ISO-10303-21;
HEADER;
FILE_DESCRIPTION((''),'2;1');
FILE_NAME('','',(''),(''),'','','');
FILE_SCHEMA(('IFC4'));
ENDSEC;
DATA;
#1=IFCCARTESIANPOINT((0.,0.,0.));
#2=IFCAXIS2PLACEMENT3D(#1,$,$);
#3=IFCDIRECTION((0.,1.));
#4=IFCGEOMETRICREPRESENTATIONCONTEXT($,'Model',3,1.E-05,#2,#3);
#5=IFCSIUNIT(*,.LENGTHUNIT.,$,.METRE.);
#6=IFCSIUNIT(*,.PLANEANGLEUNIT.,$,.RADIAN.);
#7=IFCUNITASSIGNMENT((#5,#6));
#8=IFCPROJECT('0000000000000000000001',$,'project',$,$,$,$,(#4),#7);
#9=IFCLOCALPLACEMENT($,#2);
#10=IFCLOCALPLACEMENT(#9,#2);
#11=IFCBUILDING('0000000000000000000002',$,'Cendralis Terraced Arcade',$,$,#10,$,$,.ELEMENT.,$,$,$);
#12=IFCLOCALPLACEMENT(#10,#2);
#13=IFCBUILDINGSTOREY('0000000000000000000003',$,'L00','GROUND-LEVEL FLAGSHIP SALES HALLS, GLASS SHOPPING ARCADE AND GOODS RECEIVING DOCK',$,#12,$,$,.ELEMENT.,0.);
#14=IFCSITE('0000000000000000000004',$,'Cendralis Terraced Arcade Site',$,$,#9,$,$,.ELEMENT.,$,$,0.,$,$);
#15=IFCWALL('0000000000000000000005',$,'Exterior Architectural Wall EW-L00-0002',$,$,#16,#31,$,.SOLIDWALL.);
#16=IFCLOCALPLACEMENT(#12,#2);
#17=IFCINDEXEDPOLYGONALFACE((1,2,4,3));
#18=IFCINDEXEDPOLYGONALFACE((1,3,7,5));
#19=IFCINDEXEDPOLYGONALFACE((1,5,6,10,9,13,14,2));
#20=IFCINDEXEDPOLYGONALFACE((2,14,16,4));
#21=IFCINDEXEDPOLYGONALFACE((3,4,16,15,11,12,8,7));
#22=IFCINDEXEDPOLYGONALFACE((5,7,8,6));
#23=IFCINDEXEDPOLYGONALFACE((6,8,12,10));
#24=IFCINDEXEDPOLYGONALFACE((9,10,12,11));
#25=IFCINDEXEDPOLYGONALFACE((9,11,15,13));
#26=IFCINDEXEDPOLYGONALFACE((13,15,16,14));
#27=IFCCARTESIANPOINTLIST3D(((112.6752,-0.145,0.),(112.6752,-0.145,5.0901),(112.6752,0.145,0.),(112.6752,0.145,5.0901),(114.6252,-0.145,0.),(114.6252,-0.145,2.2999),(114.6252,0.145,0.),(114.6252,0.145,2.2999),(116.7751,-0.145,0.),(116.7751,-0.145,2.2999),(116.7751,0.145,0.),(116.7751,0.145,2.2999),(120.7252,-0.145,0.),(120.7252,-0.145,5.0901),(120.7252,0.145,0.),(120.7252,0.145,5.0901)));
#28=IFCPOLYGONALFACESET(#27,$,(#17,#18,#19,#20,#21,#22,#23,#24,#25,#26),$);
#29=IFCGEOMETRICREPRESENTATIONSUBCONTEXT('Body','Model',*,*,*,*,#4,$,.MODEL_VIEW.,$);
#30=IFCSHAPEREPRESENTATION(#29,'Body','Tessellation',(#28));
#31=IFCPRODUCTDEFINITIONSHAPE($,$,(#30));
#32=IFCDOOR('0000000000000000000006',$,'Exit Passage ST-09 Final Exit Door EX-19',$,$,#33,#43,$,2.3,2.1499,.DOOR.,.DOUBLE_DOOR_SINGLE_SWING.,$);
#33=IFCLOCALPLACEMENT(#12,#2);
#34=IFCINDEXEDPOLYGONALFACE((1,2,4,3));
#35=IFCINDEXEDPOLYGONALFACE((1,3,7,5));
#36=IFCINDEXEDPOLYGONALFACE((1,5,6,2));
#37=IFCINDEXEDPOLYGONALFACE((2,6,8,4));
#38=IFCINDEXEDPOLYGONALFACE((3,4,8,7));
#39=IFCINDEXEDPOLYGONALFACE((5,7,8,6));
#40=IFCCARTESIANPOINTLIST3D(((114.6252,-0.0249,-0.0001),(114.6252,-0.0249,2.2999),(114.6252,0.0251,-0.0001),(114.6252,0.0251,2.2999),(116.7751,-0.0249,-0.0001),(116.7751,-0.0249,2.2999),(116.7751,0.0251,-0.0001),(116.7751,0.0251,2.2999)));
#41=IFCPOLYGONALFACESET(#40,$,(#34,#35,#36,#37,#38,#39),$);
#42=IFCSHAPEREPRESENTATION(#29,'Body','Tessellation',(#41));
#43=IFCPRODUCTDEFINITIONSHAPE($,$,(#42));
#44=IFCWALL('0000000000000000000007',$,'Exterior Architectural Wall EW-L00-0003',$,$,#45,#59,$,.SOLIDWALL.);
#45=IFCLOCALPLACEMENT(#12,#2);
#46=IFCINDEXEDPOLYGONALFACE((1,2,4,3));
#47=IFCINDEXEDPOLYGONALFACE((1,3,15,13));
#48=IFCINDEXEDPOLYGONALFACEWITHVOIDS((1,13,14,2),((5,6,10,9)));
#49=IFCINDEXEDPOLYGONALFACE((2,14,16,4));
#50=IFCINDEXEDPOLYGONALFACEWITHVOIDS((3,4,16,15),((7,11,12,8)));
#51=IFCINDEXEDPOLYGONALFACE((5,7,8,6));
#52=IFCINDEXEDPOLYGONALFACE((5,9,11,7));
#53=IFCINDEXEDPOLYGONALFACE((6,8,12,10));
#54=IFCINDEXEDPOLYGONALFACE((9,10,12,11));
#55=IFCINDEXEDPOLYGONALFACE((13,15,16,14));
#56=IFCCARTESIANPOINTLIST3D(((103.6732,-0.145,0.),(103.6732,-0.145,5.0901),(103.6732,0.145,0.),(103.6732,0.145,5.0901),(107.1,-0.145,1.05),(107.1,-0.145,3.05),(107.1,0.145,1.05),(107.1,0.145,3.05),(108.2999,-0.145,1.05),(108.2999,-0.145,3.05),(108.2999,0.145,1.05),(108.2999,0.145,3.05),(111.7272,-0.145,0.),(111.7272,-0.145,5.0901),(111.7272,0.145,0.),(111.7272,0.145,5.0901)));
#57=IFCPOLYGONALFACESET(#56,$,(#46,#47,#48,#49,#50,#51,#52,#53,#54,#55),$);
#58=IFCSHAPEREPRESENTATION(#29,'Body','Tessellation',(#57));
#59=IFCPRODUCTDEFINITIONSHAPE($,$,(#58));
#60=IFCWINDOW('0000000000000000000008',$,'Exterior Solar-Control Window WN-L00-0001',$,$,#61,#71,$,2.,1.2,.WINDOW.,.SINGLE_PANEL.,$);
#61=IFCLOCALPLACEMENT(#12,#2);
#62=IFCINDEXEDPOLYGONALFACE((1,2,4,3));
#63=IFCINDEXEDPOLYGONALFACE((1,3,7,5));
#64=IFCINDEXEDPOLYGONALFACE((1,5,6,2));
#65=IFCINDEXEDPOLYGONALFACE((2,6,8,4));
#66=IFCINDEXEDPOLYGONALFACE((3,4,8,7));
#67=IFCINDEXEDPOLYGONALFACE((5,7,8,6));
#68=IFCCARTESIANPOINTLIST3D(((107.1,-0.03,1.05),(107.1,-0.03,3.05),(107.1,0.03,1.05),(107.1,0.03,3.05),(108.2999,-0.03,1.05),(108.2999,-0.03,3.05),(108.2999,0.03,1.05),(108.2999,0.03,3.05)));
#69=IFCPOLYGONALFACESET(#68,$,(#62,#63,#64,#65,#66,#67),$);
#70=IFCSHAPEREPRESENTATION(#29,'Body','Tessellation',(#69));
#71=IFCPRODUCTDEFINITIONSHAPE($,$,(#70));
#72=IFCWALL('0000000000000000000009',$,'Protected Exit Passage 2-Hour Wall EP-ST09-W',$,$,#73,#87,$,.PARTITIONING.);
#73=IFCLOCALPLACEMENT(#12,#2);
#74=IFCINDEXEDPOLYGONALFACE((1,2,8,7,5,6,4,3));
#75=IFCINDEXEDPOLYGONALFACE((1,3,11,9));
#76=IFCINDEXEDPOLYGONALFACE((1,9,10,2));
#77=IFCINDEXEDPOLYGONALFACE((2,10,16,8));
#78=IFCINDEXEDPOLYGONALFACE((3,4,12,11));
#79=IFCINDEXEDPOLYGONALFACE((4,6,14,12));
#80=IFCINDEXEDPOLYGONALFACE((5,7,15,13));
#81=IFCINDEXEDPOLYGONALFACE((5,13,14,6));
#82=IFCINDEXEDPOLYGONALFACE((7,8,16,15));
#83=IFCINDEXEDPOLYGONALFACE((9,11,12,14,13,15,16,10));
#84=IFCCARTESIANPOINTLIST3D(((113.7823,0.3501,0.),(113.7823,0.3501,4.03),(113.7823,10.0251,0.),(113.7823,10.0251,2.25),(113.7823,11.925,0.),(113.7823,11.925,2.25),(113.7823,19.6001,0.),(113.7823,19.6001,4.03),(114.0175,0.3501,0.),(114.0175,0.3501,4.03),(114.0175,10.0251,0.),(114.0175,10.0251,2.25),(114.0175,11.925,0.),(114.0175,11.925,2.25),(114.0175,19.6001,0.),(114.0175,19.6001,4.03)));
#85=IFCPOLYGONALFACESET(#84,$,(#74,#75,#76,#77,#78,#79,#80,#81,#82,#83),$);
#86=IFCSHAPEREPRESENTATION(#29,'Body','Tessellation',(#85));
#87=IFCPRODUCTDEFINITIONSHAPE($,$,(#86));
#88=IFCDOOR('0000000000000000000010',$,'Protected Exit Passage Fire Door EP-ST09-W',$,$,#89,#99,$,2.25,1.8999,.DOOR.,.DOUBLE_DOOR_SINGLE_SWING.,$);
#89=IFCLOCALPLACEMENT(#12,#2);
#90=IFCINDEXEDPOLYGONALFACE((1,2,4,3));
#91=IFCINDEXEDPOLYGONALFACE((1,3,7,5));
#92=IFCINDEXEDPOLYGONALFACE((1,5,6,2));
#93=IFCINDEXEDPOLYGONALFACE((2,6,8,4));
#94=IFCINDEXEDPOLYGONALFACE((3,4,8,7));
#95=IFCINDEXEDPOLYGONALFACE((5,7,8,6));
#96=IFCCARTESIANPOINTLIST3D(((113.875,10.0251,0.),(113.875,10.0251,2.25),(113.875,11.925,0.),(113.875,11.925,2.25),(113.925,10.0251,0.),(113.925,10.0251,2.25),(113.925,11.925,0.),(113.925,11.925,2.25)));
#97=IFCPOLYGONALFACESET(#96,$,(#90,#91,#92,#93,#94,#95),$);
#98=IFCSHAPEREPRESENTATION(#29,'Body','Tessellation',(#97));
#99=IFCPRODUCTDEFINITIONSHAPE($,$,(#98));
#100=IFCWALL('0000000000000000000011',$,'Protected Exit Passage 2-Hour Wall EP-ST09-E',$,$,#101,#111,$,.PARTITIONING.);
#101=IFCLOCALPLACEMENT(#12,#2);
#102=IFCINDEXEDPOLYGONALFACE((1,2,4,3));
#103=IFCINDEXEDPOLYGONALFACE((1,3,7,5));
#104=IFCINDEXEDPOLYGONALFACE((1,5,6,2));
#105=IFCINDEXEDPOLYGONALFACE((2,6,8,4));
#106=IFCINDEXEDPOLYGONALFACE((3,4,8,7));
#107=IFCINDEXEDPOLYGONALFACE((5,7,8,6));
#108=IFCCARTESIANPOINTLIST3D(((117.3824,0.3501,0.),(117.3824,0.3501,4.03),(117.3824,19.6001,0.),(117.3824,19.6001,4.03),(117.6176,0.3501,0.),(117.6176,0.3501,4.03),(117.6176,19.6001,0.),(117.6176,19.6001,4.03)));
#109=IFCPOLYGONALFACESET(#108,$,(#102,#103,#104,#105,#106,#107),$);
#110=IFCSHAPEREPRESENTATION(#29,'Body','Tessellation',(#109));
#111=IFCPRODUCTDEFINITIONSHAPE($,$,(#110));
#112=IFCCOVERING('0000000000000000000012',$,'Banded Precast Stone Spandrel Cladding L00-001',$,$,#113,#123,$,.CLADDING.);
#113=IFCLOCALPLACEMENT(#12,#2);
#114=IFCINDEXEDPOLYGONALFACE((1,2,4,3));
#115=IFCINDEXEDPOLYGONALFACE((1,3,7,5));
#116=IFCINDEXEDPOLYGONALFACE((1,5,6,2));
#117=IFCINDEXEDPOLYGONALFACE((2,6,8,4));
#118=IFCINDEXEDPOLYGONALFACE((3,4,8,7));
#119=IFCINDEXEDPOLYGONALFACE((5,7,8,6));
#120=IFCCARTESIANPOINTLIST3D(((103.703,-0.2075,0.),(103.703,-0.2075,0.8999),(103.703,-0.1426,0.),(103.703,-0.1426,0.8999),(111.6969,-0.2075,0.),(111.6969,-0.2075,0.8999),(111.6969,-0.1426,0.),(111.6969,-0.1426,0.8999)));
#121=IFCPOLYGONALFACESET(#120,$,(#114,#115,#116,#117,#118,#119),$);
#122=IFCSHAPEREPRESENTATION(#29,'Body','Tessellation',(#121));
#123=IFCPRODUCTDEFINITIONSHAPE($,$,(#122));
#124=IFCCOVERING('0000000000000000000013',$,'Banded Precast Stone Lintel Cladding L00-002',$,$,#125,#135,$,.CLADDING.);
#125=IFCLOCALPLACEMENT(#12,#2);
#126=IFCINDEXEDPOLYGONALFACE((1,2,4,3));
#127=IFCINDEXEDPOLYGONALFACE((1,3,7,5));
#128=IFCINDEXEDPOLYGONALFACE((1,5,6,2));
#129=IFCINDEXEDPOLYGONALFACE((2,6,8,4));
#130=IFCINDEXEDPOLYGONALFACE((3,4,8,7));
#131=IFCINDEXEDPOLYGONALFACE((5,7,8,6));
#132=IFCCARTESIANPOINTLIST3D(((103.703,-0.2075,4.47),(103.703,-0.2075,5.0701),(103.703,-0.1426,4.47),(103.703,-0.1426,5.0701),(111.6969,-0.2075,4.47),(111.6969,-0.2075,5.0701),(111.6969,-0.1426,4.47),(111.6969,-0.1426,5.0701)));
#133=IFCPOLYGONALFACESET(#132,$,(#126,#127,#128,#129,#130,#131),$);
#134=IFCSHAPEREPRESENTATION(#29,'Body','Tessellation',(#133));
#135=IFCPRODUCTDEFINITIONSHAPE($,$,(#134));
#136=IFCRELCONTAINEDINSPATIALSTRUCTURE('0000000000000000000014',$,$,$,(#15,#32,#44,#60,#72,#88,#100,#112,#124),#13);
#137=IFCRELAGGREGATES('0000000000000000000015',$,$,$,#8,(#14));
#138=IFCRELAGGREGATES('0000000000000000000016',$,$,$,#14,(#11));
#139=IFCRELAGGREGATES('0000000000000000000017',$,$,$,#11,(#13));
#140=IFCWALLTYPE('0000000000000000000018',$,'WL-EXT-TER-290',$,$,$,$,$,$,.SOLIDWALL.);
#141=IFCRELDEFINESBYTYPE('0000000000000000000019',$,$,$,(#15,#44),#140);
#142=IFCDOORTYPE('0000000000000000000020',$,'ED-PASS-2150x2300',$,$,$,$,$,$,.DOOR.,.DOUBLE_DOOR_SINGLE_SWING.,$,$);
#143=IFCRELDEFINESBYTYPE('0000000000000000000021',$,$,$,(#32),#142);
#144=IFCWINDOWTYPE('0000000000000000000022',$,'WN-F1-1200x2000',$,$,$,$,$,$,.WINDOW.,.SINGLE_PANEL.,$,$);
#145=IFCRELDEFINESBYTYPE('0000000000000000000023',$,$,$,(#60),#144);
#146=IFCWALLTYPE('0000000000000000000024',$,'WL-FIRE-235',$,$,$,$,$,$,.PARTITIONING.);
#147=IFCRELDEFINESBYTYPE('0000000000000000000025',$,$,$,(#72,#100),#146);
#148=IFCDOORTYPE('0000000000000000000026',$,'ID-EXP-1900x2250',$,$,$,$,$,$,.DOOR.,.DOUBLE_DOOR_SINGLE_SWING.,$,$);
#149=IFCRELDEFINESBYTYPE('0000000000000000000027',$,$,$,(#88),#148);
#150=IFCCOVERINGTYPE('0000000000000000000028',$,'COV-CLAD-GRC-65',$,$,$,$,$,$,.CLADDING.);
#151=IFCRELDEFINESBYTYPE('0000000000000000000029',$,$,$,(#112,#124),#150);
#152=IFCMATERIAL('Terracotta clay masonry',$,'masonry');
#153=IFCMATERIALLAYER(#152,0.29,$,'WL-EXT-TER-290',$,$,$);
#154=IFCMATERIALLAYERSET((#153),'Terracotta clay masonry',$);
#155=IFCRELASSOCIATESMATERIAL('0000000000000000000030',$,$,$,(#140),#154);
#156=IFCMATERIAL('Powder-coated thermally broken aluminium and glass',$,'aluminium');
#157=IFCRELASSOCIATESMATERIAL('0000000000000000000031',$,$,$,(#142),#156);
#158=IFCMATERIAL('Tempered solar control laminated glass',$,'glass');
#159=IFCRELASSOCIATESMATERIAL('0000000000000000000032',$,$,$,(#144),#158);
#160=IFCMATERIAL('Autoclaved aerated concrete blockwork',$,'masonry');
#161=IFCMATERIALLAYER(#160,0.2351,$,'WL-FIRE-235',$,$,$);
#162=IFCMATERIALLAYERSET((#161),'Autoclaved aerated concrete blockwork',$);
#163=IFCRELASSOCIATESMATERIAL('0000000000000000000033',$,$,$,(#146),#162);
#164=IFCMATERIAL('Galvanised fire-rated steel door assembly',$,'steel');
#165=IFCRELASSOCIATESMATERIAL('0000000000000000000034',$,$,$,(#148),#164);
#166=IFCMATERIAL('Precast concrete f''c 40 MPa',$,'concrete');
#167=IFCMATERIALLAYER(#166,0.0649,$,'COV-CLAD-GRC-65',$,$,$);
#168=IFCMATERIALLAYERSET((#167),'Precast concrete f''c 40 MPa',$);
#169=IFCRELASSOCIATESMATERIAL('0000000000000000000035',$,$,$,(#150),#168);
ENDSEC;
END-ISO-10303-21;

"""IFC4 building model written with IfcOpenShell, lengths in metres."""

from ifc_helpers import new_model, si_unit, direction, frame, frame_2d, origin, origin_2d, place, context, subcontext, project, spatial, rectangle, extrude, material, layer, layer_set, type_object, element, fill, save


model = new_model("IFC4")

# Units and contexts
model_context = context("Model", 3, precision=1e-05, world=origin(), true_north=direction((0.0, 1.0)))
body_context = subcontext(model_context, "Body", "Model", "MODEL_VIEW")
ifc_project = project(units=[si_unit("LENGTHUNIT", "METRE"), si_unit("PLANEANGLEUNIT", "RADIAN")], contexts=[model_context])

# Site, building, storey
site_placement = place(None, origin())
site = spatial("IfcSite", under=ifc_project, at=site_placement, Name="Cendralis Terraced Arcade Site", CompositionType="ELEMENT", RefElevation=0.0)
building_placement = place(site_placement, origin())
building = spatial("IfcBuilding", under=site, at=building_placement, Name="Cendralis Terraced Arcade", CompositionType="ELEMENT")
storey_placement = place(building_placement, origin())
storey = spatial("IfcBuildingStorey", under=building, at=storey_placement, Name="L00", Description="GROUND-LEVEL FLAGSHIP SALES HALLS, GLASS SHOPPING ARCADE AND GOODS RECEIVING DOCK", CompositionType="ELEMENT", Elevation=0.0)

# Wall, opening, door
ifc_material_1 = material(Name="Terracotta clay masonry", Category="masonry")
ifc_layer_1 = layer(ifc_material_1, 0.29, Name="WL-EXT-TER-290")
ifc_layer_set_1 = layer_set([ifc_layer_1], Name="Terracotta clay masonry")
wall_type_1 = type_object("IfcWallType", Name="WL-EXT-TER-290", PredefinedType="SOLIDWALL", material=ifc_layer_set_1)
wall_1_placement = place(storey_placement, frame((120.7251, 0.0, 0.0), z_axis=(0.0, 0.0, 1.0), x_axis=(-1.0, 0.0, 0.0)))
wall_1 = element("IfcWall", 1, at=wall_1_placement, inside=storey, type_object=wall_type_1, Name="Exterior Architectural Wall EW-L00-0002", PredefinedType="SOLIDWALL", context=body_context, shape_type="SweptSolid", body=[
    extrude(rectangle(XDim=8.05, YDim=0.29, at=frame_2d((4.0249, 0.0))), origin(), (0.0, 0.0, 1.0), 5.0901),
])
opening_1_placement = place(wall_1_placement, frame((3.95, 0.0, 0.0)))
opening_1 = element("IfcOpeningElement", 2, at=opening_1_placement, cuts=wall_1, PredefinedType="OPENING", context=body_context, shape_type="SweptSolid", body=[
    extrude(rectangle(XDim=2.1499, YDim=2.3, at=frame_2d((1.075, 1.1499))), frame((0.0, 0.157, 0.0), z_axis=(0.0, -1.0, 0.0), x_axis=(1.0, 0.0, 0.0)), (0.0, 0.0, 1.0), 0.314),
])
ifc_material_2 = material(Name="Powder-coated thermally broken aluminium and glass", Category="aluminium")
door_type_1 = type_object("IfcDoorType", Name="ED-PASS-2150x2300", OperationType="DOUBLE_DOOR_SINGLE_SWING", PredefinedType="DOOR", material=ifc_material_2)
door_1_placement = place(opening_1_placement, origin())
door_1 = element("IfcDoor", 3, at=door_1_placement, inside=storey, type_object=door_type_1, Name="Exit Passage ST-09 Final Exit Door EX-19", OperationType="DOUBLE_DOOR_SINGLE_SWING", OverallHeight=2.3, OverallWidth=2.1499, PredefinedType="DOOR", context=body_context, shape_type="SweptSolid", body=[
    extrude(rectangle(XDim=2.1499, YDim=2.3, at=frame_2d((1.075, 1.1499))), frame((0.0, 0.0249, 0.0), z_axis=(0.0, -1.0, 0.0), x_axis=(1.0, 0.0, 0.0)), (0.0, 0.0, 1.0), 0.05),
])
fill(opening_1, door_1)

# Wall, opening, window
wall_2_placement = place(storey_placement, frame((111.7271, 0.0, 0.0), z_axis=(0.0, 0.0, 1.0), x_axis=(-1.0, 0.0, 0.0)))
wall_2 = element("IfcWall", 4, at=wall_2_placement, inside=storey, type_object=wall_type_1, Name="Exterior Architectural Wall EW-L00-0003", PredefinedType="SOLIDWALL", context=body_context, shape_type="SweptSolid", body=[
    extrude(rectangle(XDim=8.054, YDim=0.29, at=frame_2d((4.0269, 0.0))), origin(), (0.0, 0.0, 1.0), 5.0901),
])
opening_2_placement = place(wall_2_placement, frame((3.427, 0.0, 1.05)))
opening_2 = element("IfcOpeningElement", 5, at=opening_2_placement, cuts=wall_2, PredefinedType="OPENING", context=body_context, shape_type="SweptSolid", body=[
    extrude(rectangle(XDim=1.2, YDim=2.0, at=frame_2d((0.6001, 1.0))), frame((0.0, 0.157, 0.0), z_axis=(0.0, -1.0, 0.0), x_axis=(1.0, 0.0, 0.0)), (0.0, 0.0, 1.0), 0.314),
])
ifc_material_3 = material(Name="Tempered solar control laminated glass", Category="glass")
window_type = type_object("IfcWindowType", Name="WN-F1-1200x2000", PartitioningType="SINGLE_PANEL", PredefinedType="WINDOW", material=ifc_material_3)
window_placement = place(opening_2_placement, origin())
window = element("IfcWindow", 6, at=window_placement, inside=storey, type_object=window_type, Name="Exterior Solar-Control Window WN-L00-0001", OverallHeight=2.0, OverallWidth=1.2, PartitioningType="SINGLE_PANEL", PredefinedType="WINDOW", context=body_context, shape_type="SweptSolid", body=[
    extrude(rectangle(XDim=1.2, YDim=2.0, at=frame_2d((0.6001, 1.0))), frame((0.0, 0.03, 0.0), z_axis=(0.0, -1.0, 0.0), x_axis=(1.0, 0.0, 0.0)), (0.0, 0.0, 1.0), 0.0601),
])
fill(opening_2, window)

# Wall, opening, door
ifc_material_4 = material(Name="Autoclaved aerated concrete blockwork", Category="masonry")
ifc_layer_2 = layer(ifc_material_4, 0.2351, Name="WL-FIRE-235")
ifc_layer_set_2 = layer_set([ifc_layer_2], Name="Autoclaved aerated concrete blockwork")
wall_type_2 = type_object("IfcWallType", Name="WL-FIRE-235", PredefinedType="PARTITIONING", material=ifc_layer_set_2)
wall_3_placement = place(storey_placement, frame((113.8999, 0.3501, 0.0), z_axis=(0.0, 0.0, 1.0), x_axis=(0.0, 1.0, 0.0)))
wall_3 = element("IfcWall", 7, at=wall_3_placement, inside=storey, type_object=wall_type_2, Name="Protected Exit Passage 2-Hour Wall EP-ST09-W", PredefinedType="PARTITIONING", context=body_context, shape_type="SweptSolid", body=[
    extrude(rectangle(XDim=19.25, YDim=0.2351, at=frame_2d((9.625, 0.0))), origin(), (0.0, 0.0, 1.0), 4.03),
])
opening_3_placement = place(wall_3_placement, frame((9.675, 0.0, 0.0)))
opening_3 = element("IfcOpeningElement", 8, at=opening_3_placement, cuts=wall_3, PredefinedType="OPENING", context=body_context, shape_type="SweptSolid", body=[
    extrude(rectangle(XDim=1.8999, YDim=2.25, at=frame_2d((0.95, 1.125))), frame((0.0, 0.1294, 0.0), z_axis=(0.0, -1.0, 0.0), x_axis=(1.0, 0.0, 0.0)), (0.0, 0.0, 1.0), 0.259),
])
ifc_material_5 = material(Name="Galvanised fire-rated steel door assembly", Category="steel")
door_type_2 = type_object("IfcDoorType", Name="ID-EXP-1900x2250", OperationType="DOUBLE_DOOR_SINGLE_SWING", PredefinedType="DOOR", material=ifc_material_5)
door_2_placement = place(opening_3_placement, origin())
door_2 = element("IfcDoor", 9, at=door_2_placement, inside=storey, type_object=door_type_2, Name="Protected Exit Passage Fire Door EP-ST09-W", OperationType="DOUBLE_DOOR_SINGLE_SWING", OverallHeight=2.25, OverallWidth=1.8999, PredefinedType="DOOR", context=body_context, shape_type="SweptSolid", body=[
    extrude(rectangle(XDim=1.8999, YDim=2.25, at=frame_2d((0.95, 1.125))), frame((0.0, 0.0249, 0.0), z_axis=(0.0, -1.0, 0.0), x_axis=(1.0, 0.0, 0.0)), (0.0, 0.0, 1.0), 0.05),
])
fill(opening_3, door_2)

# Wall
wall_4_placement = place(storey_placement, frame((117.5, 0.3501, 0.0), z_axis=(0.0, 0.0, 1.0), x_axis=(0.0, 1.0, 0.0)))
element("IfcWall", 10, at=wall_4_placement, inside=storey, type_object=wall_type_2, Name="Protected Exit Passage 2-Hour Wall EP-ST09-E", PredefinedType="PARTITIONING", context=body_context, shape_type="SweptSolid", body=[
    extrude(rectangle(XDim=19.25, YDim=0.2351, at=frame_2d((9.625, 0.0))), origin(), (0.0, 0.0, 1.0), 4.03),
])

# Coverings
ifc_material_6 = material(Name="Precast concrete f'c 40 MPa", Category="concrete")
ifc_layer_3 = layer(ifc_material_6, 0.0649, Name="COV-CLAD-GRC-65")
ifc_layer_set_3 = layer_set([ifc_layer_3], Name="Precast concrete f'c 40 MPa")
covering_type = type_object("IfcCoveringType", Name="COV-CLAD-GRC-65", PredefinedType="CLADDING", material=ifc_layer_set_3)
covering_1_placement = place(storey_placement, frame((107.7, -0.175, 0.0), z_axis=(0.0, 0.0, 1.0), x_axis=(-1.0, 0.0, 0.0)))
element("IfcCovering", 11, at=covering_1_placement, inside=storey, type_object=covering_type, Name="Banded Precast Stone Spandrel Cladding L00-001", PredefinedType="CLADDING", context=body_context, shape_type="SweptSolid", body=[
    extrude(rectangle(XDim=7.9939, YDim=0.0649, at=origin_2d()), origin(), (0.0, 0.0, 1.0), 0.8999),
])
covering_2_placement = place(storey_placement, frame((107.7, -0.175, 4.47), z_axis=(0.0, 0.0, 1.0), x_axis=(-1.0, 0.0, 0.0)))
element("IfcCovering", 12, at=covering_2_placement, inside=storey, type_object=covering_type, Name="Banded Precast Stone Lintel Cladding L00-002", PredefinedType="CLADDING", context=body_context, shape_type="SweptSolid", body=[
    extrude(rectangle(XDim=7.9939, YDim=0.0649, at=origin_2d()), origin(), (0.0, 0.0, 1.0), 0.6001),
])

save(model, "model.ifc")
